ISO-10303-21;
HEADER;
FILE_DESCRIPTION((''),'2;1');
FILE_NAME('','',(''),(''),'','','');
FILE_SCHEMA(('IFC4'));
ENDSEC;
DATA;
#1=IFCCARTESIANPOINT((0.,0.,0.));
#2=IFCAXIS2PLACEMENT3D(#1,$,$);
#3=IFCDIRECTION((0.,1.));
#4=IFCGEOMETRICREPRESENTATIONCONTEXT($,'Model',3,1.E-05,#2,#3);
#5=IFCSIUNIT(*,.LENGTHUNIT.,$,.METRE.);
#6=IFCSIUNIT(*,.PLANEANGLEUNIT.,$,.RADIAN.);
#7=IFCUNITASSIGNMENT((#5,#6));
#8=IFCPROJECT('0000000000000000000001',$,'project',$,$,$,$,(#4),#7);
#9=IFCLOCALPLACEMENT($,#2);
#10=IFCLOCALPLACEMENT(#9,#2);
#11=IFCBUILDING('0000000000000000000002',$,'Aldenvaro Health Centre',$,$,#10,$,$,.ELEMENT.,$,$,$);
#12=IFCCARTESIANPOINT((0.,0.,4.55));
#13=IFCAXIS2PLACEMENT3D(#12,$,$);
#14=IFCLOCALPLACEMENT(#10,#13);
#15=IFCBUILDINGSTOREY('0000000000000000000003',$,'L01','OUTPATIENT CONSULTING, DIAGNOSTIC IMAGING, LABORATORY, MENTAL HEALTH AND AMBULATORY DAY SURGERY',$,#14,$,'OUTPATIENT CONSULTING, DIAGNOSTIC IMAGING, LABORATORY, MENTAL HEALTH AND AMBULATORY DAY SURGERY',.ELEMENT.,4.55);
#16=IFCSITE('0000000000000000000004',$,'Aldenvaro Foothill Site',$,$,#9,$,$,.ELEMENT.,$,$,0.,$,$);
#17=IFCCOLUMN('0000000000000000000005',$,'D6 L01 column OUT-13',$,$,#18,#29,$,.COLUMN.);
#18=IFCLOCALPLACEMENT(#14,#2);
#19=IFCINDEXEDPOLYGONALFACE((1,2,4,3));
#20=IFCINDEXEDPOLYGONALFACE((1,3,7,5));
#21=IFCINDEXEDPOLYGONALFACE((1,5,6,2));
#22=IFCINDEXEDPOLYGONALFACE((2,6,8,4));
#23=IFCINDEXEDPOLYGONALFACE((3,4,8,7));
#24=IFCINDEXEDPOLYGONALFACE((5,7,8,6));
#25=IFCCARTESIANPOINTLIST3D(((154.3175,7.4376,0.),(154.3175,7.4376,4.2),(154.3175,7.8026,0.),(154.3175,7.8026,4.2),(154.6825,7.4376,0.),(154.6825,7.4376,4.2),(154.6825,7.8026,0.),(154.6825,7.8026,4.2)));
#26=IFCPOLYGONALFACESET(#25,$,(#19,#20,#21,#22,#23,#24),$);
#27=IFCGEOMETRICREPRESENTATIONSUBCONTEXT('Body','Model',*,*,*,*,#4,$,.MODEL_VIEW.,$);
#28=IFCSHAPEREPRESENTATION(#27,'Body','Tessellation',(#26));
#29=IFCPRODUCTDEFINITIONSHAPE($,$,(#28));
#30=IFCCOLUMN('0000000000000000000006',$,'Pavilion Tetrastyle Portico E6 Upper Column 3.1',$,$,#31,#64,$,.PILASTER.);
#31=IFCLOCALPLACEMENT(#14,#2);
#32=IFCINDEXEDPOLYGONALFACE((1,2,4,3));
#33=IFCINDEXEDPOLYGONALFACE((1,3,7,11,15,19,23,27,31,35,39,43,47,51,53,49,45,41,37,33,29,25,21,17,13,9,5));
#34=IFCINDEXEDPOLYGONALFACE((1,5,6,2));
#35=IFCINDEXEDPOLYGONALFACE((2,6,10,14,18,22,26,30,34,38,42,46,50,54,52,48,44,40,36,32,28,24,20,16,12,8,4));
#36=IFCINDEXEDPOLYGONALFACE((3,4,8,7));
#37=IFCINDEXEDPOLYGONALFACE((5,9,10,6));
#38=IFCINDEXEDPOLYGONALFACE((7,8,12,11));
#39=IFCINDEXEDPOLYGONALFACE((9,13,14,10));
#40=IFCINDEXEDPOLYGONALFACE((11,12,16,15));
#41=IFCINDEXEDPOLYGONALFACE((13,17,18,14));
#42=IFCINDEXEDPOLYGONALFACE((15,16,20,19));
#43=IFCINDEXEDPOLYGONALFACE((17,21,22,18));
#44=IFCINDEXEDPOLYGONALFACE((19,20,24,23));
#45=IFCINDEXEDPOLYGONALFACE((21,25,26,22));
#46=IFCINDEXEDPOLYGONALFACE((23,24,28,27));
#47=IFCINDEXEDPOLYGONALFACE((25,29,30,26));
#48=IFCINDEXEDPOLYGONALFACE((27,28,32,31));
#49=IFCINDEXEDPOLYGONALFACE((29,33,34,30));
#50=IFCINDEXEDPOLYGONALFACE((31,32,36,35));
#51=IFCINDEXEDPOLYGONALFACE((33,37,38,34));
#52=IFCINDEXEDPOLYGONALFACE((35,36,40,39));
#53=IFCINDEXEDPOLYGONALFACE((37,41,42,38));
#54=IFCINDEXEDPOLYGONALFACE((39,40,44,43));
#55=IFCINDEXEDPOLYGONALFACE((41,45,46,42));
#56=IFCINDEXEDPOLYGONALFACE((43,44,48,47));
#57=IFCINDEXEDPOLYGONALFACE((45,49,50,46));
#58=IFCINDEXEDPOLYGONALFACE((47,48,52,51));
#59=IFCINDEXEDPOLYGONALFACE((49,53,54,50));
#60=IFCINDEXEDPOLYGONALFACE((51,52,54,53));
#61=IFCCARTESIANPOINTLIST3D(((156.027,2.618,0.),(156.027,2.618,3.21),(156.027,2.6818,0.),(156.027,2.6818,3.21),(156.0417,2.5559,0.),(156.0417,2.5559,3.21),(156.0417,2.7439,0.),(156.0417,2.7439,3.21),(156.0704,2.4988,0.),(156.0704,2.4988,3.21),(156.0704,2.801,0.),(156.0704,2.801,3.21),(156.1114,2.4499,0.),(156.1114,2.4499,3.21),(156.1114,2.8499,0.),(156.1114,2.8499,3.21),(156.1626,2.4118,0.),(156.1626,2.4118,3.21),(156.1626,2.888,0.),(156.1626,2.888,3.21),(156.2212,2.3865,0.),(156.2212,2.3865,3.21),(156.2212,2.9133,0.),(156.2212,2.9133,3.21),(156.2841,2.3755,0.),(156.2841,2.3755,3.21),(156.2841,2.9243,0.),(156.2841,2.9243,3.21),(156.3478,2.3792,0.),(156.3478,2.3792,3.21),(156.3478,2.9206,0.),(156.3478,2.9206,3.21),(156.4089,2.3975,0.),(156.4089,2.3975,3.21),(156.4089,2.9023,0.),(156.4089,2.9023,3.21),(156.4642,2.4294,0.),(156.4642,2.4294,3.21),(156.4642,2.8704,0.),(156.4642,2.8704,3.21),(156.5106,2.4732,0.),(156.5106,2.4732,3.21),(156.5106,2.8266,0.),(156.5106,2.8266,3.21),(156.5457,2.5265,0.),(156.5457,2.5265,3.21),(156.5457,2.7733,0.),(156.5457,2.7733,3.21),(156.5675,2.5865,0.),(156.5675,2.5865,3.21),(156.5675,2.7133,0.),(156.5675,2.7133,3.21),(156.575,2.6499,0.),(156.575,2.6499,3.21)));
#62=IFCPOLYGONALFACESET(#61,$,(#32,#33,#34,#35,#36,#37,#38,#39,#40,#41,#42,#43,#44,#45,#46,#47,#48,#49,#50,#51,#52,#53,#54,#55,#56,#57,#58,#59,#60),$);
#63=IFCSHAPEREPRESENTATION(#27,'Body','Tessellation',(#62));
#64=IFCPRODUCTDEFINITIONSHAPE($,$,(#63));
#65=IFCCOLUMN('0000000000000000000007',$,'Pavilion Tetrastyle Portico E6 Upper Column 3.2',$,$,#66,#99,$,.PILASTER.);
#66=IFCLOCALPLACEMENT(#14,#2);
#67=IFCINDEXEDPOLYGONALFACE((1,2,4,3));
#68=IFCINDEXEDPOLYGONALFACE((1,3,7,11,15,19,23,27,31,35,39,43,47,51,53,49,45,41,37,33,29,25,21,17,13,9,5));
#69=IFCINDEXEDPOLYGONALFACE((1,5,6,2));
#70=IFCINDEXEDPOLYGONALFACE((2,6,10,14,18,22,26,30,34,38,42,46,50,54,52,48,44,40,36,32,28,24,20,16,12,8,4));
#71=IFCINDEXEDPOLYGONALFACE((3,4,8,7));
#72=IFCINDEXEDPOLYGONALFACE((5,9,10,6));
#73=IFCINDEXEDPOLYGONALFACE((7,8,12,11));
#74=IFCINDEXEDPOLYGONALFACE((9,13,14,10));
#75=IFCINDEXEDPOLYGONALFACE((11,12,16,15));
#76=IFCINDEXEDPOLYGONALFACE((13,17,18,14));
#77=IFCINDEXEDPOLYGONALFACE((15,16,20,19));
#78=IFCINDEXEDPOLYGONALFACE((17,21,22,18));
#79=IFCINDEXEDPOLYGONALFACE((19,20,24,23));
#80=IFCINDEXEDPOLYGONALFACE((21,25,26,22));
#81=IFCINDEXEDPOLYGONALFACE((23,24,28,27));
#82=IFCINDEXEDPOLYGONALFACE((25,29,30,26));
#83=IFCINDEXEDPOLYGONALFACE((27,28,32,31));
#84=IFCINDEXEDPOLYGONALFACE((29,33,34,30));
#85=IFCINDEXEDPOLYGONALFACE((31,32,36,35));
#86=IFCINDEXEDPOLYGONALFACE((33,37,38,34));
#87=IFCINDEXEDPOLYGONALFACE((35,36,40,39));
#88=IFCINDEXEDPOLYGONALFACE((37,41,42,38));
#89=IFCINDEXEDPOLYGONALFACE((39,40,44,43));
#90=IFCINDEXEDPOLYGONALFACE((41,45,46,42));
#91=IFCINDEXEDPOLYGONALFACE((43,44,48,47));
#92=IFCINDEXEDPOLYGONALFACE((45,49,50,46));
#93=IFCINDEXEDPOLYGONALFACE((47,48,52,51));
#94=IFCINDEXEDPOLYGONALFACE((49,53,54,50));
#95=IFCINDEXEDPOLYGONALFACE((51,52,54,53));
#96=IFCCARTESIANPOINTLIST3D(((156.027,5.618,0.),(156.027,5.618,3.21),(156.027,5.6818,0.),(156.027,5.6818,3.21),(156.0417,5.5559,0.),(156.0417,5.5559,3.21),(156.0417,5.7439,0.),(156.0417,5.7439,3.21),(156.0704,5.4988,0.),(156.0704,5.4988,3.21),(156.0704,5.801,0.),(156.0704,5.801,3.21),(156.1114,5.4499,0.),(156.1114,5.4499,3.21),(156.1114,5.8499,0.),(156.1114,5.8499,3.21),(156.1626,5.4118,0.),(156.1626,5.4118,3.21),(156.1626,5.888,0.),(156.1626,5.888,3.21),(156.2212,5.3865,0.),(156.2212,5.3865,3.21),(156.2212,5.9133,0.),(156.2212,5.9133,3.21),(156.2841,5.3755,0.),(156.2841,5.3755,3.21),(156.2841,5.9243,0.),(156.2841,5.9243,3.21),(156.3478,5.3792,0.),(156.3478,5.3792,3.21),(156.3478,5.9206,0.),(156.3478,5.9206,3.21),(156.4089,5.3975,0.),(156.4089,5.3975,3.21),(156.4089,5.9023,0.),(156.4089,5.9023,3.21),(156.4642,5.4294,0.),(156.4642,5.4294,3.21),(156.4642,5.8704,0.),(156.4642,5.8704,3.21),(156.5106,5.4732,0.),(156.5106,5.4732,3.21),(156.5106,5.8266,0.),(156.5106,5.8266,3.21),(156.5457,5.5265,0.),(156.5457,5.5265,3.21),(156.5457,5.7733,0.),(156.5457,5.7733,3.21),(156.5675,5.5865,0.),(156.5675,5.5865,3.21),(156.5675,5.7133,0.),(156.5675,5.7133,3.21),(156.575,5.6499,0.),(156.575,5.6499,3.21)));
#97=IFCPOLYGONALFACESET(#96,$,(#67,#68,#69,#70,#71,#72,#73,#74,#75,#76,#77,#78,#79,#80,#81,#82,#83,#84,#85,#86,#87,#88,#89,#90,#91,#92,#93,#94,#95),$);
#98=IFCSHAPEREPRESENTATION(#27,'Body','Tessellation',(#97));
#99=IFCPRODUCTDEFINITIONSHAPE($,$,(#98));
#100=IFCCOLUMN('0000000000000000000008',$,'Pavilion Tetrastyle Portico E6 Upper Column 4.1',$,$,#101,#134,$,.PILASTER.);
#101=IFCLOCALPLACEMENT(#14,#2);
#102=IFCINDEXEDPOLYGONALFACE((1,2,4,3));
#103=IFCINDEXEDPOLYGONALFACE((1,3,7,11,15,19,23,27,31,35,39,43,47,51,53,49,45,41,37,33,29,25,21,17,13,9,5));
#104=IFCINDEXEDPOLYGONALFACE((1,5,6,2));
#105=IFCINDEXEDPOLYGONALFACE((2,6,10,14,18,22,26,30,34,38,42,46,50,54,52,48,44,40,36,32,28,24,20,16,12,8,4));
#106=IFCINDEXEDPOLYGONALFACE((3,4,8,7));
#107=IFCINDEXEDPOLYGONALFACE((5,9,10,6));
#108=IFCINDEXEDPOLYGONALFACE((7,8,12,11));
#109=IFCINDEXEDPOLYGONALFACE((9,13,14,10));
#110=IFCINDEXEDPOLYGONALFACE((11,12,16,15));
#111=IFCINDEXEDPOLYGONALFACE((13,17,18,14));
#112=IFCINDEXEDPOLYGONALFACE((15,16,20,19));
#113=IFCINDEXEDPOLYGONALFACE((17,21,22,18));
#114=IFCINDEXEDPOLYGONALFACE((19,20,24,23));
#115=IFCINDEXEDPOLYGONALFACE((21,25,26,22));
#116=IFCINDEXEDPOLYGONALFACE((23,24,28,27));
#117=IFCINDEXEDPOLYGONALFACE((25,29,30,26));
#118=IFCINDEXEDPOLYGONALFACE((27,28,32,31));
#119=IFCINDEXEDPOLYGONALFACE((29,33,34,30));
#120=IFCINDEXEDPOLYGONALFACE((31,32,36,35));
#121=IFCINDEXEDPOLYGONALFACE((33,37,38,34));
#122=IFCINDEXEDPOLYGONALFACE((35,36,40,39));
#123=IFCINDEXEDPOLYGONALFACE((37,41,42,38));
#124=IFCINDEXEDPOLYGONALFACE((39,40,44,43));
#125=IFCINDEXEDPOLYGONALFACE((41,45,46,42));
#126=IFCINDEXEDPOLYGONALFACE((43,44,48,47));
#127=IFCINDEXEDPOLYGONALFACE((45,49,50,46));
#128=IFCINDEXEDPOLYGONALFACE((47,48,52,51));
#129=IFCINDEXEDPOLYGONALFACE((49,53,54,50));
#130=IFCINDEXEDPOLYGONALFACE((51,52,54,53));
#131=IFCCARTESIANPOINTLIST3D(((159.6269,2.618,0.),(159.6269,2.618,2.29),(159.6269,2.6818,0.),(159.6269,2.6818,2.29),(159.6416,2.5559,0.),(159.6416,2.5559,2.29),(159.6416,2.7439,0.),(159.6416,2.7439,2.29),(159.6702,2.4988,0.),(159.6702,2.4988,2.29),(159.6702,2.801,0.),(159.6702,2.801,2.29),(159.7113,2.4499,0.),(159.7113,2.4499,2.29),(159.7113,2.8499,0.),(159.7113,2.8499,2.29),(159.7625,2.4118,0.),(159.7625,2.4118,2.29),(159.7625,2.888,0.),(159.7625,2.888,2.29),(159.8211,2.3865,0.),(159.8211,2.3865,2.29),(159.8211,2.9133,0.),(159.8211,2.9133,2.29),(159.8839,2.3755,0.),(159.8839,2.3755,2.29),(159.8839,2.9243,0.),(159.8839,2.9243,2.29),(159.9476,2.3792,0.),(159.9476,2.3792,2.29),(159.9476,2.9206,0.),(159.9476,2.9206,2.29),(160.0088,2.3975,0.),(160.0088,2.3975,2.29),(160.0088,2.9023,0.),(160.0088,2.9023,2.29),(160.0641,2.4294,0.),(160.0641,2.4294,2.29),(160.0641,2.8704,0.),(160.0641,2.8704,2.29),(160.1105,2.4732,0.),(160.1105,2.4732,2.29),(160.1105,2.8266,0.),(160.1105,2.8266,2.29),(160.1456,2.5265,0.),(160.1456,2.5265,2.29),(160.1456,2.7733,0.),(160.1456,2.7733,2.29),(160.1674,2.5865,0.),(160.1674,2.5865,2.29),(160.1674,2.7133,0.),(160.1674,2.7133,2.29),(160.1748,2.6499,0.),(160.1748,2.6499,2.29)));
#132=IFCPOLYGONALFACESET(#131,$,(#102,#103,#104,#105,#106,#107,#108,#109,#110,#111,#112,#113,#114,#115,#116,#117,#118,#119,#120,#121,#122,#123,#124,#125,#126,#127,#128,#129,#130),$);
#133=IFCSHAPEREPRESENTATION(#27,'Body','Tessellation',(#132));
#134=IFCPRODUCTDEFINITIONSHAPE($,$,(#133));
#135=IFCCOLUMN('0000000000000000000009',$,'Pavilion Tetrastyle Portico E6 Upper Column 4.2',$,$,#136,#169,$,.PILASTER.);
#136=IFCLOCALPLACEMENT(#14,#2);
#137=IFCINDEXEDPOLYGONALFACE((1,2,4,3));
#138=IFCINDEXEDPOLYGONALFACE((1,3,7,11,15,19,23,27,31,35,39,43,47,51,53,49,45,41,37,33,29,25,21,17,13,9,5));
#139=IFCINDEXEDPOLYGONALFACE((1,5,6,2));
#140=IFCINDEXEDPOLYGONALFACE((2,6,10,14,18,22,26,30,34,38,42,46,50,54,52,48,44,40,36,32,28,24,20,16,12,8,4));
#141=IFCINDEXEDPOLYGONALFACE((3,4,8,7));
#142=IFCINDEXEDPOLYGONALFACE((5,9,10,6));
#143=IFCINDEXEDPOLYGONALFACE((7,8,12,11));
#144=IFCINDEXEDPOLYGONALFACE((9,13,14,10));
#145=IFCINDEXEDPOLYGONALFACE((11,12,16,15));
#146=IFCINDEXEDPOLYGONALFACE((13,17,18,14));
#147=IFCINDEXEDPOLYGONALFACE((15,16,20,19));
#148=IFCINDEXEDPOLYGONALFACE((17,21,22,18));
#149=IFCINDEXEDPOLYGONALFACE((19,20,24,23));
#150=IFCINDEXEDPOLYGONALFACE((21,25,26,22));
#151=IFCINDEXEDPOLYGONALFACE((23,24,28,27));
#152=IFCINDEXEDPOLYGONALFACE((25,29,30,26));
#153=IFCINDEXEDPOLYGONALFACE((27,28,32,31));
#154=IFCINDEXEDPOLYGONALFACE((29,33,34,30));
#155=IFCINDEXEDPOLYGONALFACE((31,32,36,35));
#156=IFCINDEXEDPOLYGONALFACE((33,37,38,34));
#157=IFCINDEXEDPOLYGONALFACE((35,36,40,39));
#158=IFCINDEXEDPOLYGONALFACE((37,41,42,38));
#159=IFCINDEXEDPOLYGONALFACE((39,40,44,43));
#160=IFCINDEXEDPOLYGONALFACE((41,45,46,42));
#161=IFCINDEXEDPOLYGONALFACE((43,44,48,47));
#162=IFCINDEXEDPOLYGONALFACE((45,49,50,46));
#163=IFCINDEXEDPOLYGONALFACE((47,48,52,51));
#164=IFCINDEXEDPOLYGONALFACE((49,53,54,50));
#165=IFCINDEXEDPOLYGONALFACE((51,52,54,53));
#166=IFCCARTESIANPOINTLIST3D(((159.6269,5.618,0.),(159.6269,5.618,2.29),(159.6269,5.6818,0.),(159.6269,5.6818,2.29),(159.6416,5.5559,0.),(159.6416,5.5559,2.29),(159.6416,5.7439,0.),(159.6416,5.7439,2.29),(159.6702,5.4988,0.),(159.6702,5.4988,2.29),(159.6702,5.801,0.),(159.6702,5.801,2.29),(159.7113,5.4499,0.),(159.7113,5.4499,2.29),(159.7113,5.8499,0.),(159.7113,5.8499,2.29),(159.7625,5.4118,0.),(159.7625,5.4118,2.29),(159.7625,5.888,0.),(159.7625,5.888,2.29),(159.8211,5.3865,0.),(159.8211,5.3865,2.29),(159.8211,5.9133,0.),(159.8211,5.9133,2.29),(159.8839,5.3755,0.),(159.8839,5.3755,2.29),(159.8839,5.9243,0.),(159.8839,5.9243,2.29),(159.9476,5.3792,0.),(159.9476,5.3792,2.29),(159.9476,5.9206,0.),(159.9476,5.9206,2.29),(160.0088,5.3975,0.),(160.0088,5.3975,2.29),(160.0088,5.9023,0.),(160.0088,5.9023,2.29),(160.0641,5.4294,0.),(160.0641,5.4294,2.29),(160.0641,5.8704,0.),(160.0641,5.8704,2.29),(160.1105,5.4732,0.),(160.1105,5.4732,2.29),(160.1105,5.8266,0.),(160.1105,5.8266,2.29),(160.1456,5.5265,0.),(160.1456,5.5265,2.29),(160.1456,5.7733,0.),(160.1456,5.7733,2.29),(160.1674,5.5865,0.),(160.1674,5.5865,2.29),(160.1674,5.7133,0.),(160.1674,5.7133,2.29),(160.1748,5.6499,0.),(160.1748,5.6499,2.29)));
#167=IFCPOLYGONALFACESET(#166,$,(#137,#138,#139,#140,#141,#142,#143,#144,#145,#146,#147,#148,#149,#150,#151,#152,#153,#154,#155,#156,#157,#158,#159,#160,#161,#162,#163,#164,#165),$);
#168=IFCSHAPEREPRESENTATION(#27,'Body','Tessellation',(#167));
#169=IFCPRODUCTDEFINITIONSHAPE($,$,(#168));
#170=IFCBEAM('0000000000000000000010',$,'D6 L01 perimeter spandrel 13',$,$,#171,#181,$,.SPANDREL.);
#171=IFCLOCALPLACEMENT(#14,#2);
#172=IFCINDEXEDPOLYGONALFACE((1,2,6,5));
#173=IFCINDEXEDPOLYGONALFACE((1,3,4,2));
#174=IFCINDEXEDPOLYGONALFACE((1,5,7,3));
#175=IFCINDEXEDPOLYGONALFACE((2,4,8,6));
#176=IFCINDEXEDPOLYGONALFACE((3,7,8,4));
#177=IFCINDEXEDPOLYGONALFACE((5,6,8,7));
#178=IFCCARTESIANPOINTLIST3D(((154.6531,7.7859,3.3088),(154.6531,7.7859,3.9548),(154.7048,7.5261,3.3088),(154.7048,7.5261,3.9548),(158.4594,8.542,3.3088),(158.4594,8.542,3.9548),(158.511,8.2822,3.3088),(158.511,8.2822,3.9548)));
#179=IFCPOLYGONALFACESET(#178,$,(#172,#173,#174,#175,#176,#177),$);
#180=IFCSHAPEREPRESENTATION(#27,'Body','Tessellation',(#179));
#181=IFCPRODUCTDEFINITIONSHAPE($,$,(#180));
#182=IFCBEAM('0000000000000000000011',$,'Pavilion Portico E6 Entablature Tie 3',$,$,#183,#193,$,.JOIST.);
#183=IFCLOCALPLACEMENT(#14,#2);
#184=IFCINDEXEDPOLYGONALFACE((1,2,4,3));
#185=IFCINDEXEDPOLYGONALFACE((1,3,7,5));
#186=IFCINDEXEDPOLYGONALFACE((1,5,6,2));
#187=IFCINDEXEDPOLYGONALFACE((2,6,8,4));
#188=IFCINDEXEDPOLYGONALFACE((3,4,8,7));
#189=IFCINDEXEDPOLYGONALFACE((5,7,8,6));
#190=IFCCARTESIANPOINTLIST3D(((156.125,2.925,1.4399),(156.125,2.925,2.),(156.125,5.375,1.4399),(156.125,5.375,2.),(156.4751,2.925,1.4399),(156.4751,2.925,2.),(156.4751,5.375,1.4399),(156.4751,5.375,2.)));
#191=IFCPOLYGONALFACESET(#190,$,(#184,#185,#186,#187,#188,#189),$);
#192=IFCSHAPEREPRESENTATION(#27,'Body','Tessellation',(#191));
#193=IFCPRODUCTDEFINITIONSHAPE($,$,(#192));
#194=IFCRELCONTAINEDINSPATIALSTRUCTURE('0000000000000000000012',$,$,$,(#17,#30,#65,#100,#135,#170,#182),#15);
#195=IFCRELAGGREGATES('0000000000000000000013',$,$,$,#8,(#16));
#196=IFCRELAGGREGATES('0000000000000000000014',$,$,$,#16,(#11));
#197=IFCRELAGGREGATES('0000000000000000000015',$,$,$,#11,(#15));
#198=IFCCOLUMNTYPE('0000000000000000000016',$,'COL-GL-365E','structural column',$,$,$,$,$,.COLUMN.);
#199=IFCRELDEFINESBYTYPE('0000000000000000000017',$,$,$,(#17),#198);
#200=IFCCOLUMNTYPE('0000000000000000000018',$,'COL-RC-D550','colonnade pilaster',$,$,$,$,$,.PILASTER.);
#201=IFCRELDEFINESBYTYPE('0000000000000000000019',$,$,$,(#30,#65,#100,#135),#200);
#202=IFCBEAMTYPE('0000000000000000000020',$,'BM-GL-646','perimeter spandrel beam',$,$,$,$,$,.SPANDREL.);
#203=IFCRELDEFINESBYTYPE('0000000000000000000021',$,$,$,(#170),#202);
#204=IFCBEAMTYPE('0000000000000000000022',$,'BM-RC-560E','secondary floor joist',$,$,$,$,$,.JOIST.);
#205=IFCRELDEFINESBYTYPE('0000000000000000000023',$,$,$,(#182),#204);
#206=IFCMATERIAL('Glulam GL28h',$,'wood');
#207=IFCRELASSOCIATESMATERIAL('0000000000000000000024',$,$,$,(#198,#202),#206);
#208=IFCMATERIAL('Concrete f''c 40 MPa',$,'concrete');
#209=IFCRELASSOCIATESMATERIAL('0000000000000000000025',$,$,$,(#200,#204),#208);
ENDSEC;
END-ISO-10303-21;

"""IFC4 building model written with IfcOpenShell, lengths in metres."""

from ifc_helpers import new_model, si_unit, direction, frame, origin, origin_2d, place, context, subcontext, project, spatial, rectangle, circle, extrude, material, material_profile, profile_set, type_object, element, save


model = new_model("IFC4")

# Units and contexts
model_context = context("Model", 3, precision=1e-05, world=origin(), true_north=direction((0.0, 1.0)))
body_context = subcontext(model_context, "Body", "Model", "MODEL_VIEW")
ifc_project = project(units=[si_unit("LENGTHUNIT", "METRE"), si_unit("PLANEANGLEUNIT", "RADIAN")], contexts=[model_context])

# Site, building, storey
site_placement = place(None, origin())
site = spatial("IfcSite", under=ifc_project, at=site_placement, Name="Aldenvaro Foothill Site", CompositionType="ELEMENT", RefElevation=0.0)
building_placement = place(site_placement, origin())
building = spatial("IfcBuilding", under=site, at=building_placement, Name="Aldenvaro Health Centre", CompositionType="ELEMENT")
storey_placement = place(building_placement, frame((0.0, 0.0, 4.55)))
storey = spatial("IfcBuildingStorey", under=building, at=storey_placement, Name="L01", Description="OUTPATIENT CONSULTING, DIAGNOSTIC IMAGING, LABORATORY, MENTAL HEALTH AND AMBULATORY DAY SURGERY", LongName="OUTPATIENT CONSULTING, DIAGNOSTIC IMAGING, LABORATORY, MENTAL HEALTH AND AMBULATORY DAY SURGERY", CompositionType="ELEMENT", Elevation=4.55)

# Columns
ifc_material_1 = material(Name="Glulam GL28h", Category="wood")
ifc_material_profile_1 = material_profile(ifc_material_1, rectangle(XDim=0.365, YDim=0.365, at=origin_2d()), Name="GL 365x365", Category="wood")
ifc_profile_set_1 = profile_set([ifc_material_profile_1], Name="Glulam GL28h")
column_type_1 = type_object("IfcColumnType", Name="COL-GL-365E", Description="structural column", PredefinedType="COLUMN", material=ifc_profile_set_1)
column_placement = place(storey_placement, frame((154.5, 7.6201, 0.0), z_axis=(0.0, 0.0, 1.0), x_axis=(1.0, 0.0, 0.0)))
element("IfcColumn", 1, at=column_placement, inside=storey, type_object=column_type_1, Name="D6 L01 column OUT-13", PredefinedType="COLUMN", context=body_context, shape_type="SweptSolid", body=[
    extrude(rectangle(XDim=0.365, YDim=0.365, at=origin_2d()), origin(), (0.0, 0.0, 1.0), 4.2),
])
ifc_material_2 = material(Name="Concrete f'c 40 MPa", Category="concrete")
ifc_material_profile_2 = material_profile(ifc_material_2, circle(Radius=0.2749, at=origin_2d()), Name="RC D550", Category="concrete")
ifc_profile_set_2 = profile_set([ifc_material_profile_2], Name="Concrete f'c 40 MPa")
column_type_2 = type_object("IfcColumnType", Name="COL-RC-D550", Description="colonnade pilaster", PredefinedType="PILASTER", material=ifc_profile_set_2)
for number, where, z_axis, x_axis, name in (
    (2, (156.3, 2.6499, 0.0), (0.0, 0.0, 1.0), (1.0, 0.0, 0.0), "Pavilion Tetrastyle Portico E6 Upper Column 3.1"),
    (3, (156.3, 5.6499, 0.0), (0.0, 0.0, 1.0), (1.0, 0.0, 0.0), "Pavilion Tetrastyle Portico E6 Upper Column 3.2"),
):
    element("IfcColumn", number, at=place(storey_placement, frame(where, z_axis=z_axis, x_axis=x_axis)), inside=storey, type_object=column_type_2, Name=name, PredefinedType="PILASTER", context=body_context, shape_type="SweptSolid", body=[
        extrude(circle(Radius=0.2749, at=origin_2d()), origin(), (0.0, 0.0, 1.0), 3.21),
    ])
for number, where, z_axis, x_axis, name in (
    (4, (159.8999, 2.6499, 0.0), (0.0, 0.0, 1.0), (1.0, 0.0, 0.0), "Pavilion Tetrastyle Portico E6 Upper Column 4.1"),
    (5, (159.8999, 5.6499, 0.0), (0.0, 0.0, 1.0), (1.0, 0.0, 0.0), "Pavilion Tetrastyle Portico E6 Upper Column 4.2"),
):
    element("IfcColumn", number, at=place(storey_placement, frame(where, z_axis=z_axis, x_axis=x_axis)), inside=storey, type_object=column_type_2, Name=name, PredefinedType="PILASTER", context=body_context, shape_type="SweptSolid", body=[
        extrude(circle(Radius=0.2749, at=origin_2d()), origin(), (0.0, 0.0, 1.0), 2.29),
    ])

# Beams
ifc_material_profile_3 = material_profile(ifc_material_1, rectangle(XDim=0.2649, YDim=0.646, at=origin_2d()), Name="GL 265x646", Category="wood")
ifc_profile_set_3 = profile_set([ifc_material_profile_3], Name="Glulam GL28h")
beam_type_1 = type_object("IfcBeamType", Name="BM-GL-646", Description="perimeter spandrel beam", PredefinedType="SPANDREL", material=ifc_profile_set_3)
beam_placement = place(storey_placement, frame((154.679, 7.656, 3.6318), z_axis=(0.980834, 0.194846, 0.0), x_axis=(-0.194846, 0.980834, 0.0)))
element("IfcBeam", 6, at=beam_placement, inside=storey, type_object=beam_type_1, Name="D6 L01 perimeter spandrel 13", PredefinedType="SPANDREL", context=body_context, shape_type="SweptSolid", body=[
    extrude(rectangle(XDim=0.2649, YDim=0.646, at=origin_2d()), origin(), (0.0, 0.0, 1.0), 3.8806),
])
ifc_material_profile_4 = material_profile(ifc_material_2, rectangle(XDim=0.3501, YDim=0.5601, at=origin_2d()), Name="RC 350x560", Category="concrete")
ifc_profile_set_4 = profile_set([ifc_material_profile_4], Name="Concrete f'c 40 MPa")
beam_type_2 = type_object("IfcBeamType", Name="BM-RC-560E", Description="secondary floor joist", PredefinedType="JOIST", material=ifc_profile_set_4)
for number, where, z_axis, x_axis, name in (
    (7, (156.3, 2.925, 1.72), (0.0, 1.0, 0.0), (-1.0, 0.0, 0.0), "Pavilion Portico E6 Entablature Tie 3"),
):
    element("IfcBeam", number, at=place(storey_placement, frame(where, z_axis=z_axis, x_axis=x_axis)), inside=storey, type_object=beam_type_2, Name=name, PredefinedType="JOIST", context=body_context, shape_type="SweptSolid", body=[
        extrude(rectangle(XDim=0.3501, YDim=0.5601, at=origin_2d()), origin(), (0.0, 0.0, 1.0), 2.45),
    ])

save(model, "model.ifc")
